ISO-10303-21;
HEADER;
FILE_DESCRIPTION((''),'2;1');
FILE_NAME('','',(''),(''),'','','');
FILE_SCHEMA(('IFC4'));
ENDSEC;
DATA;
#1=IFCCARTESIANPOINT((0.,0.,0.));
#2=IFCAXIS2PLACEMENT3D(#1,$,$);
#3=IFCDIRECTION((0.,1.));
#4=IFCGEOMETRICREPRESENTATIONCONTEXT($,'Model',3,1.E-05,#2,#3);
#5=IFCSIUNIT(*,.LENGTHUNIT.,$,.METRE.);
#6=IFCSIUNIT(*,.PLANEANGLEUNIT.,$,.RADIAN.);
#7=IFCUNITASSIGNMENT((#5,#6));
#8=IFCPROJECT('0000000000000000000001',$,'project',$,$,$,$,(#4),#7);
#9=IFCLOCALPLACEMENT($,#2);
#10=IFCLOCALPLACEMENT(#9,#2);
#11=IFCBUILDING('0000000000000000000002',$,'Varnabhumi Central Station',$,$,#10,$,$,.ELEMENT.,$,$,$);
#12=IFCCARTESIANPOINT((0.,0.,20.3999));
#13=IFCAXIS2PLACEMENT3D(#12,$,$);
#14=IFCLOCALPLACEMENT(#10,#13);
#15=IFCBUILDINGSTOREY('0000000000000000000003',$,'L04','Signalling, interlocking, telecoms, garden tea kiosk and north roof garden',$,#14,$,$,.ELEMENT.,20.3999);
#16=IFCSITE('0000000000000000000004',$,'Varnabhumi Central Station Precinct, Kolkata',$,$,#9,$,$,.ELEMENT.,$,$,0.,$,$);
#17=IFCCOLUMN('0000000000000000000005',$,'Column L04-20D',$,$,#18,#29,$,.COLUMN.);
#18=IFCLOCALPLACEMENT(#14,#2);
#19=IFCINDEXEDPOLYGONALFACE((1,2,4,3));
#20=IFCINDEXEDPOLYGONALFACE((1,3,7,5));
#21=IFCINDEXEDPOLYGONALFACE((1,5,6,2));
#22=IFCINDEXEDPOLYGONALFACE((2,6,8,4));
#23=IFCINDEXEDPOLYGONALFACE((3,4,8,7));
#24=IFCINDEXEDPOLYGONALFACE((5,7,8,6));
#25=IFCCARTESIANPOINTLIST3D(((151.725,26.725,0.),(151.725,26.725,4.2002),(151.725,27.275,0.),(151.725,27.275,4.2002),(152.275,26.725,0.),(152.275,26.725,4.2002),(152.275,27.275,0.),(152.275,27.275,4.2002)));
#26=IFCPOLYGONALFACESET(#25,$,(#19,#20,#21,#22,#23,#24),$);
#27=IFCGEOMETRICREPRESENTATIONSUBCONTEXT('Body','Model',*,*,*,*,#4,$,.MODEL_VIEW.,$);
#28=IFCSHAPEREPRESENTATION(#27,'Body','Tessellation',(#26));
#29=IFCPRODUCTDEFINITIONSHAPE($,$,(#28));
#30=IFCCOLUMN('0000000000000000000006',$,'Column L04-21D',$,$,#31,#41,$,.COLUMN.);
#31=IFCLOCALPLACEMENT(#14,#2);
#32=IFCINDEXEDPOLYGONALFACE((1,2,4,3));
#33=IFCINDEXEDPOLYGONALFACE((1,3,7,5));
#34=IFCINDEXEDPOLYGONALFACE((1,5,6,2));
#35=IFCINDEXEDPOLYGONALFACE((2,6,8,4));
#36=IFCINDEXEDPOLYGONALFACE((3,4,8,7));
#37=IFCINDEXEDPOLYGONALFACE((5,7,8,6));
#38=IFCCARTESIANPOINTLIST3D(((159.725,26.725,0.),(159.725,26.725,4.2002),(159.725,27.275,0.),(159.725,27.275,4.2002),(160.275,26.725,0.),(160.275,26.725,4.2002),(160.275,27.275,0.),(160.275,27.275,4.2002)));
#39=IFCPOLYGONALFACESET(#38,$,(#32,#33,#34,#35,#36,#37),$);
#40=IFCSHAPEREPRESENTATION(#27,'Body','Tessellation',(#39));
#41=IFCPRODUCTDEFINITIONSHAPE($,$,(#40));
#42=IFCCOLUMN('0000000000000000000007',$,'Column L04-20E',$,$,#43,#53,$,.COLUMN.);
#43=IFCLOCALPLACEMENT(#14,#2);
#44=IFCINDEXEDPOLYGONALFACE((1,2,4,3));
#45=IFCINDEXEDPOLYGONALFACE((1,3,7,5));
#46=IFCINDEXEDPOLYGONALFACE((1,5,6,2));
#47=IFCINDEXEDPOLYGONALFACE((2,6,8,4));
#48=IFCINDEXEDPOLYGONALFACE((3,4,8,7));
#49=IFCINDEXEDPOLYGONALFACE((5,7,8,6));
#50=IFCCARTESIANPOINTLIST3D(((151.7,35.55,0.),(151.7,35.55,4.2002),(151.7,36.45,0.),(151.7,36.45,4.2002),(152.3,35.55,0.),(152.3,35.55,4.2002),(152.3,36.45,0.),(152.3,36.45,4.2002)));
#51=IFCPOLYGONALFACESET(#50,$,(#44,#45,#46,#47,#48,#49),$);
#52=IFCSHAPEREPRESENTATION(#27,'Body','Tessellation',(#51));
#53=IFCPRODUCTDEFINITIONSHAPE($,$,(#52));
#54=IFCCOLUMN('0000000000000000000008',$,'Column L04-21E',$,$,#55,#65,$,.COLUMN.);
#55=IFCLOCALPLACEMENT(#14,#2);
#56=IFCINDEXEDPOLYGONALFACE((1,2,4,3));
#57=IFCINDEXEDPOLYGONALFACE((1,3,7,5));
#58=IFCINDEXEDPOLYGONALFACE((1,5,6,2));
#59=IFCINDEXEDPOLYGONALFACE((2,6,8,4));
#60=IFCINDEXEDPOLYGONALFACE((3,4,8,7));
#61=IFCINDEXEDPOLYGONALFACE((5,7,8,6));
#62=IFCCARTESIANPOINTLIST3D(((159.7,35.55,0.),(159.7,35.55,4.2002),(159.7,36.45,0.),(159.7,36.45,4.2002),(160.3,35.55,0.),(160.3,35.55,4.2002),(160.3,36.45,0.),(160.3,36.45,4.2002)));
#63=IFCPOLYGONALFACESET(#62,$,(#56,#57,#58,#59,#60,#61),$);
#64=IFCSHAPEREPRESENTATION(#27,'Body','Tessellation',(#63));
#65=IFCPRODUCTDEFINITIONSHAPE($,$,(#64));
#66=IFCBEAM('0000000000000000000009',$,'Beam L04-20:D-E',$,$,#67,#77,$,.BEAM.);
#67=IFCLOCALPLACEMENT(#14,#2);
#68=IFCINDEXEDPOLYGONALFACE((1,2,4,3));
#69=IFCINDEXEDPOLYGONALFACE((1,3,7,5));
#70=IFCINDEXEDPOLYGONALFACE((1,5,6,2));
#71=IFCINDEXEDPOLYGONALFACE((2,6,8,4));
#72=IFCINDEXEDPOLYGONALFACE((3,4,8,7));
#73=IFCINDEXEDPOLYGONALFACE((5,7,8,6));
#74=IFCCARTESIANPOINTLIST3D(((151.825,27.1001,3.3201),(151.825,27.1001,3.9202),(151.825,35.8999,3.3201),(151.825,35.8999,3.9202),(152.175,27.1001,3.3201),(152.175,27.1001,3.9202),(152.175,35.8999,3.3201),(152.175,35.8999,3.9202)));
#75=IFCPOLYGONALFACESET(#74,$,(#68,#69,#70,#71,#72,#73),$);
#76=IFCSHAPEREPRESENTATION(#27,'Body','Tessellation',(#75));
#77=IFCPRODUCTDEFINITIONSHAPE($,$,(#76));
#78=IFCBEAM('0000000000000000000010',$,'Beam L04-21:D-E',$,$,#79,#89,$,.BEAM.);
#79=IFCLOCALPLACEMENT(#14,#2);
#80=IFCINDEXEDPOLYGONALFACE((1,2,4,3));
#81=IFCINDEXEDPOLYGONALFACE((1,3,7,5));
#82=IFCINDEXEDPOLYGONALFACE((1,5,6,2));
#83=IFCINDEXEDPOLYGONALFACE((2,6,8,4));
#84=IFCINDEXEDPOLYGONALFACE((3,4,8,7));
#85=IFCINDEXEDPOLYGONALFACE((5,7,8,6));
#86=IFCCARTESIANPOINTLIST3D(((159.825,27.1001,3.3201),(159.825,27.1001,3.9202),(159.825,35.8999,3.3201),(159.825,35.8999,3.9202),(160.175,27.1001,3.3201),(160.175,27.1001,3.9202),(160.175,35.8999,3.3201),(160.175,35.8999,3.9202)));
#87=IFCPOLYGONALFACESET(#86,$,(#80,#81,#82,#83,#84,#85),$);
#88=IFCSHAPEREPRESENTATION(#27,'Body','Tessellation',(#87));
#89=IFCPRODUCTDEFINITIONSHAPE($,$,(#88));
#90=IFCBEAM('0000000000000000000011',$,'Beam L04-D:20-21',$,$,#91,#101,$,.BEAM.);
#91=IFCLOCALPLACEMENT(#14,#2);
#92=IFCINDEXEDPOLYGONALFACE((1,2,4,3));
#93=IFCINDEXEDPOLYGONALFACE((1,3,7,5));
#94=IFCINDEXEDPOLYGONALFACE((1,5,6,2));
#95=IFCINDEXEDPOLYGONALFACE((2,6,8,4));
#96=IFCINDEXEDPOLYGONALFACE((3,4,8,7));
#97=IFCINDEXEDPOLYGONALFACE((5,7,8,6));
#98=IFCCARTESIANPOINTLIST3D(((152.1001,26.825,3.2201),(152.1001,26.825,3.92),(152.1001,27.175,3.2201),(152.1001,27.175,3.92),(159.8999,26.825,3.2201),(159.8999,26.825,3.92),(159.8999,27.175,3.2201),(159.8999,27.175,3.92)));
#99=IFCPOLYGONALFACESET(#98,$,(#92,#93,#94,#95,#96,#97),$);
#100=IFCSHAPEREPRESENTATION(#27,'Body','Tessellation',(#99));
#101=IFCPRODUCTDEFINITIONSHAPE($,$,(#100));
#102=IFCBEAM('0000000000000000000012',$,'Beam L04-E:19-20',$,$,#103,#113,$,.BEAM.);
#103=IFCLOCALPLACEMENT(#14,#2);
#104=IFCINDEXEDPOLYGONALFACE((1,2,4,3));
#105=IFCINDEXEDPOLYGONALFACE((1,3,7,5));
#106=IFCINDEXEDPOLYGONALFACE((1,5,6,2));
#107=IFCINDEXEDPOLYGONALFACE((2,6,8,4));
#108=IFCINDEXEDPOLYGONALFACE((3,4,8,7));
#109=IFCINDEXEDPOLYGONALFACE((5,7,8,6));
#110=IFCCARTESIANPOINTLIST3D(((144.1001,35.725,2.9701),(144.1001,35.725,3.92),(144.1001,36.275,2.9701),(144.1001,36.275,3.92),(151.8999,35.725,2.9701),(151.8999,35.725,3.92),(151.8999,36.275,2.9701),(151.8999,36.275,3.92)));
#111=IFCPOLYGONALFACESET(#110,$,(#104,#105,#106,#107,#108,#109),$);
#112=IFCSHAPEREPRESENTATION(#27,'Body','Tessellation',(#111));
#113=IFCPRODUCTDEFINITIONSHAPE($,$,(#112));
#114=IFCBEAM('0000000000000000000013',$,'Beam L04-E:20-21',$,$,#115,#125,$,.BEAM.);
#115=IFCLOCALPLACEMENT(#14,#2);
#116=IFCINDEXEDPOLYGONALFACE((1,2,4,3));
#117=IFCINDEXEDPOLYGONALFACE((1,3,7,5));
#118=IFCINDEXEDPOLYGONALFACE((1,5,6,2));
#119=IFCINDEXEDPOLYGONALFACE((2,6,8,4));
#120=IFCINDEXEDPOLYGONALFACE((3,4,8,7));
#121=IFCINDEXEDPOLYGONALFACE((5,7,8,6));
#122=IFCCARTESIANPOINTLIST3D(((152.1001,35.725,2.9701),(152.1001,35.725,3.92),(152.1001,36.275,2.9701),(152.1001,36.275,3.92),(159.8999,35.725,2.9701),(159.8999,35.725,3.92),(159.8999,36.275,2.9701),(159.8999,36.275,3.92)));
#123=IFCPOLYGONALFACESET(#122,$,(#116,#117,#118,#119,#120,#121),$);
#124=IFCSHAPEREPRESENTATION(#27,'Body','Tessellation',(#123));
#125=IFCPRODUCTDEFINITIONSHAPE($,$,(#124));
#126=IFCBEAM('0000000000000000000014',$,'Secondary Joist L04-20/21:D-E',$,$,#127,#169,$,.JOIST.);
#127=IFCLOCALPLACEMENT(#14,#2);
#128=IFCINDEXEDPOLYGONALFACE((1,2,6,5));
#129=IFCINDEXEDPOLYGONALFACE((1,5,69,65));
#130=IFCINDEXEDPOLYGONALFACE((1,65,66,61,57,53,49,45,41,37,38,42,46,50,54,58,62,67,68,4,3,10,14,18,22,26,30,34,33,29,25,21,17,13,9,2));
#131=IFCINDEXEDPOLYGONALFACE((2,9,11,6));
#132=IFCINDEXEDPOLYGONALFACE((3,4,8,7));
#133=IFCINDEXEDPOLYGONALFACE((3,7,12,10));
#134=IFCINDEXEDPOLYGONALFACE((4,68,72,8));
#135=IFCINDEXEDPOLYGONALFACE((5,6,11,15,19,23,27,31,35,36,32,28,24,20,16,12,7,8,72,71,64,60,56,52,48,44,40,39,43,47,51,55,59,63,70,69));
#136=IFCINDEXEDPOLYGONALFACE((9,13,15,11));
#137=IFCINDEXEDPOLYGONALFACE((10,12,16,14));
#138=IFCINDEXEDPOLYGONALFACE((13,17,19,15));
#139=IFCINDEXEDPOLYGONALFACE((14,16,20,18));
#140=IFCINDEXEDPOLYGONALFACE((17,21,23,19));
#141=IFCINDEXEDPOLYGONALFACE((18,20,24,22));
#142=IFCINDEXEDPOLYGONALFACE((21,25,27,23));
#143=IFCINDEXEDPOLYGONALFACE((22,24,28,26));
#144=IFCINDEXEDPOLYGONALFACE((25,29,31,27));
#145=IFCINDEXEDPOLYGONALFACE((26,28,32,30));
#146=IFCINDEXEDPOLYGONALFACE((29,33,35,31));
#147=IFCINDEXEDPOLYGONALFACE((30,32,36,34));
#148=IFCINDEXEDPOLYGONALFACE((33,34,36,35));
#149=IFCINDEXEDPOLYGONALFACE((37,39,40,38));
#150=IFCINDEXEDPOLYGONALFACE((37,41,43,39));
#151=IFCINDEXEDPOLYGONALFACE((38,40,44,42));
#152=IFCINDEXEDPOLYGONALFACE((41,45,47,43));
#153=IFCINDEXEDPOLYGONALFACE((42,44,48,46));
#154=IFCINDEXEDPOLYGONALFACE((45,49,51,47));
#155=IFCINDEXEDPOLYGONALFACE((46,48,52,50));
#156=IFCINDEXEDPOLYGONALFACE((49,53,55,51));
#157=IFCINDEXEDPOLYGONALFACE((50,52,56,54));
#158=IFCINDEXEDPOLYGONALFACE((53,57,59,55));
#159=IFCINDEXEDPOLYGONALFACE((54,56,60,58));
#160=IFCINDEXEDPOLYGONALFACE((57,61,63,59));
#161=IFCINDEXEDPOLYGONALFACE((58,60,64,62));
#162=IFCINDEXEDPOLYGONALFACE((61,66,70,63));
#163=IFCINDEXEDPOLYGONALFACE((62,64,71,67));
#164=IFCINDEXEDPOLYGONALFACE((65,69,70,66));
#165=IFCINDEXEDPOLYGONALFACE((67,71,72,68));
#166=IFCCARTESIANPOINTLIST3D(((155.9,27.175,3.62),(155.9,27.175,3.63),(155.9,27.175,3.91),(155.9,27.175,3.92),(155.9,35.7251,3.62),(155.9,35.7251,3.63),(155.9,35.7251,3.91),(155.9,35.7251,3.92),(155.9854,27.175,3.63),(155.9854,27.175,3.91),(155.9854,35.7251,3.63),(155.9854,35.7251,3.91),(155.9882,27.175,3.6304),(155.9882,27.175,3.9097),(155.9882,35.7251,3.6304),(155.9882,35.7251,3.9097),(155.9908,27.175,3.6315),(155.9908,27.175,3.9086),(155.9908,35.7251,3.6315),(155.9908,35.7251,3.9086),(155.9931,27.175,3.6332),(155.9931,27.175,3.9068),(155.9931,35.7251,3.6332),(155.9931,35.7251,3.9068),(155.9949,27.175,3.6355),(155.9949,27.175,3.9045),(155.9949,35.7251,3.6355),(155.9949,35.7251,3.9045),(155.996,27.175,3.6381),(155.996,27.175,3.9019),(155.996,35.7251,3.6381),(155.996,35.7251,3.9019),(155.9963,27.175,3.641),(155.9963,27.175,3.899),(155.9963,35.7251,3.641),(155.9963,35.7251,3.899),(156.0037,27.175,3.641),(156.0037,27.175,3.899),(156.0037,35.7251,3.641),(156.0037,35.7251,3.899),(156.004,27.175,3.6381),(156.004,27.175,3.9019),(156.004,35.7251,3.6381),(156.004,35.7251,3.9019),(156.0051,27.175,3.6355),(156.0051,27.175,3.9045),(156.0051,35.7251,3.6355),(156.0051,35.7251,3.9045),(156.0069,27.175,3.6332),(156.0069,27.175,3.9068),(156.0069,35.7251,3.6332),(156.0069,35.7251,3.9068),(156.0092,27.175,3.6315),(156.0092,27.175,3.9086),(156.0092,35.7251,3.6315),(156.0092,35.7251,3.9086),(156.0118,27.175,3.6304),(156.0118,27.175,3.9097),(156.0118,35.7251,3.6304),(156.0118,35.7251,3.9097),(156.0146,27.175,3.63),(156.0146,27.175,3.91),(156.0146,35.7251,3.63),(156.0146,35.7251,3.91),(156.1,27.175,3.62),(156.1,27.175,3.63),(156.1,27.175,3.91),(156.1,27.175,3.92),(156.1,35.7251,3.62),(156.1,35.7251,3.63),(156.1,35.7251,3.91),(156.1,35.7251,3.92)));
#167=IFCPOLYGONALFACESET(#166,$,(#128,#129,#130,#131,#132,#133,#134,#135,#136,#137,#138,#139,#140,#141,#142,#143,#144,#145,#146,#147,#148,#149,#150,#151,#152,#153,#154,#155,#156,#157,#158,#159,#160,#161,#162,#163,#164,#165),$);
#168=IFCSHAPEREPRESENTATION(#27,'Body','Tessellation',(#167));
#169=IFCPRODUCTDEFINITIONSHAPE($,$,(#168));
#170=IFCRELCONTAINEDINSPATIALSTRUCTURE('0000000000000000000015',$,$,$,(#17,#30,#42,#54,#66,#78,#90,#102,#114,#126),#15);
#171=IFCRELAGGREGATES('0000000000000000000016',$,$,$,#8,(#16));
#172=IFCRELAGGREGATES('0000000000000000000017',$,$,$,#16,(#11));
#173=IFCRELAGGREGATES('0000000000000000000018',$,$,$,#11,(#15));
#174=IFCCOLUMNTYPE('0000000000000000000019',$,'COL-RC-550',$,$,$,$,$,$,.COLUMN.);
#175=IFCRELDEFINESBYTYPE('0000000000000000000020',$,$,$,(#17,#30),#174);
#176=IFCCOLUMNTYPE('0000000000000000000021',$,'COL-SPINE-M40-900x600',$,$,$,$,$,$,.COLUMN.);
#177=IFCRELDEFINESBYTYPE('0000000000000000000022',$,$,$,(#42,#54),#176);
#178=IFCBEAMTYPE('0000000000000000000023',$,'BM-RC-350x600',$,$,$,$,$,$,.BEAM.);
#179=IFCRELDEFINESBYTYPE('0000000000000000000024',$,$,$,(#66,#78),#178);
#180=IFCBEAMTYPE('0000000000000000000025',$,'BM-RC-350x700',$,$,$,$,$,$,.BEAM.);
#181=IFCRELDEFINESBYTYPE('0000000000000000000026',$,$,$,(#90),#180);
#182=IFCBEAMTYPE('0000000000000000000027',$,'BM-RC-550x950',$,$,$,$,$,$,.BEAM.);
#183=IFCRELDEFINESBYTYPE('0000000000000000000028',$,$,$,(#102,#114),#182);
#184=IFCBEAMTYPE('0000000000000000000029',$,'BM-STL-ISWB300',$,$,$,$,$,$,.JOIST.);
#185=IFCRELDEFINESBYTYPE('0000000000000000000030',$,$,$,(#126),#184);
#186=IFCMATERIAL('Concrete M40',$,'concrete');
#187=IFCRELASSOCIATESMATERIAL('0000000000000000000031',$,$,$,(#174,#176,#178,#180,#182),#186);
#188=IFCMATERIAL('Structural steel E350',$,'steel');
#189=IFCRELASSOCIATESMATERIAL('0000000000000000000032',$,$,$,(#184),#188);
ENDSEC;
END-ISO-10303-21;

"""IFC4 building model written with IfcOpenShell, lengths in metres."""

from ifc_helpers import new_model, si_unit, direction, frame, origin, origin_2d, place, context, subcontext, project, spatial, rectangle, i_section, extrude, material, material_profile, profile_set, type_object, element, save


model = new_model("IFC4")

# Units and contexts
model_context = context("Model", 3, precision=1e-05, world=origin(), true_north=direction((0.0, 1.0)))
body_context = subcontext(model_context, "Body", "Model", "MODEL_VIEW")
ifc_project = project(units=[si_unit("LENGTHUNIT", "METRE"), si_unit("PLANEANGLEUNIT", "RADIAN")], contexts=[model_context])

# Site, building, storey
site_placement = place(None, origin())
site = spatial("IfcSite", under=ifc_project, at=site_placement, Name="Varnabhumi Central Station Precinct, Kolkata", CompositionType="ELEMENT", RefElevation=0.0)
building_placement = place(site_placement, origin())
building = spatial("IfcBuilding", under=site, at=building_placement, Name="Varnabhumi Central Station", CompositionType="ELEMENT")
storey_placement = place(building_placement, frame((0.0, 0.0, 20.3999)))
storey = spatial("IfcBuildingStorey", under=building, at=storey_placement, Name="L04", Description="Signalling, interlocking, telecoms, garden tea kiosk and north roof garden", CompositionType="ELEMENT", Elevation=20.3999)

# Columns
ifc_material_1 = material(Name="Concrete M40", Category="concrete")
ifc_material_profile_1 = material_profile(ifc_material_1, rectangle(XDim=0.55, YDim=0.55, at=origin_2d()), Name="Concrete M40", Category="concrete")
ifc_profile_set_1 = profile_set([ifc_material_profile_1], Name="Concrete M40")
column_type_1 = type_object("IfcColumnType", Name="COL-RC-550", PredefinedType="COLUMN", material=ifc_profile_set_1)
for number, where, z_axis, x_axis, name in (
    (1, (152.0, 27.0, 0.0), (0.0, 0.0, 1.0), (1.0, 0.0, 0.0), "Column L04-20D"),
    (2, (160.0, 27.0, 0.0), (0.0, 0.0, 1.0), (1.0, 0.0, 0.0), "Column L04-21D"),
):
    element("IfcColumn", number, at=place(storey_placement, frame(where, z_axis=z_axis, x_axis=x_axis)), inside=storey, type_object=column_type_1, Name=name, PredefinedType="COLUMN", context=body_context, shape_type="SweptSolid", body=[
        extrude(rectangle(XDim=0.55, YDim=0.55, at=origin_2d()), origin(), (0.0, 0.0, 1.0), 4.2002),
    ])
ifc_material_profile_2 = material_profile(ifc_material_1, rectangle(XDim=0.6001, YDim=0.8999, at=origin_2d()), Name="Concrete M40", Category="concrete")
ifc_profile_set_2 = profile_set([ifc_material_profile_2], Name="Concrete M40")
column_type_2 = type_object("IfcColumnType", Name="COL-SPINE-M40-900x600", PredefinedType="COLUMN", material=ifc_profile_set_2)
for number, where, z_axis, x_axis, name in (
    (3, (152.0, 36.0, 0.0), (0.0, 0.0, 1.0), (1.0, 0.0, 0.0), "Column L04-20E"),
    (4, (160.0, 36.0, 0.0), (0.0, 0.0, 1.0), (1.0, 0.0, 0.0), "Column L04-21E"),
):
    element("IfcColumn", number, at=place(storey_placement, frame(where, z_axis=z_axis, x_axis=x_axis)), inside=storey, type_object=column_type_2, Name=name, PredefinedType="COLUMN", context=body_context, shape_type="SweptSolid", body=[
        extrude(rectangle(XDim=0.6001, YDim=0.8999, at=origin_2d()), origin(), (0.0, 0.0, 1.0), 4.2002),
    ])

# Beams
ifc_material_profile_3 = material_profile(ifc_material_1, rectangle(XDim=0.3501, YDim=0.6001, at=origin_2d()), Name="Concrete M40", Category="concrete")
ifc_profile_set_3 = profile_set([ifc_material_profile_3], Name="Concrete M40")
beam_type_1 = type_object("IfcBeamType", Name="BM-RC-350x600", PredefinedType="BEAM", material=ifc_profile_set_3)
for number, where, z_axis, x_axis, name in (
    (5, (152.0, 27.1001, 3.6201), (0.0, 1.0, 0.0), (-1.0, 0.0, 0.0), "Beam L04-20:D-E"),
    (6, (160.0, 27.1001, 3.6201), (0.0, 1.0, 0.0), (-1.0, 0.0, 0.0), "Beam L04-21:D-E"),
):
    element("IfcBeam", number, at=place(storey_placement, frame(where, z_axis=z_axis, x_axis=x_axis)), inside=storey, type_object=beam_type_1, Name=name, PredefinedType="BEAM", context=body_context, shape_type="SweptSolid", body=[
        extrude(rectangle(XDim=0.3501, YDim=0.6001, at=origin_2d()), origin(), (0.0, 0.0, 1.0), 8.7998),
    ])
ifc_material_profile_4 = material_profile(ifc_material_1, rectangle(XDim=0.3501, YDim=0.7, at=origin_2d()), Name="Concrete M40", Category="concrete")
ifc_profile_set_4 = profile_set([ifc_material_profile_4], Name="Concrete M40")
beam_type_2 = type_object("IfcBeamType", Name="BM-RC-350x700", PredefinedType="BEAM", material=ifc_profile_set_4)
beam_1_placement = place(storey_placement, frame((152.1001, 27.0, 3.5701), z_axis=(1.0, 0.0, 0.0), x_axis=(0.0, 1.0, 0.0)))
element("IfcBeam", 7, at=beam_1_placement, inside=storey, type_object=beam_type_2, Name="Beam L04-D:20-21", PredefinedType="BEAM", context=body_context, shape_type="SweptSolid", body=[
    extrude(rectangle(XDim=0.3501, YDim=0.7, at=origin_2d()), origin(), (0.0, 0.0, 1.0), 7.7998),
])
ifc_material_profile_5 = material_profile(ifc_material_1, rectangle(XDim=0.55, YDim=0.95, at=origin_2d()), Name="Concrete M40", Category="concrete")
ifc_profile_set_5 = profile_set([ifc_material_profile_5], Name="Concrete M40")
beam_type_3 = type_object("IfcBeamType", Name="BM-RC-550x950", PredefinedType="BEAM", material=ifc_profile_set_5)
for number, where, z_axis, x_axis, name in (
    (8, (144.1001, 36.0, 3.4451), (1.0, 0.0, 0.0), (0.0, 1.0, 0.0), "Beam L04-E:19-20"),
    (9, (152.1001, 36.0, 3.4451), (1.0, 0.0, 0.0), (0.0, 1.0, 0.0), "Beam L04-E:20-21"),
):
    element("IfcBeam", number, at=place(storey_placement, frame(where, z_axis=z_axis, x_axis=x_axis)), inside=storey, type_object=beam_type_3, Name=name, PredefinedType="BEAM", context=body_context, shape_type="SweptSolid", body=[
        extrude(rectangle(XDim=0.55, YDim=0.95, at=origin_2d()), origin(), (0.0, 0.0, 1.0), 7.7998),
    ])
ifc_material_2 = material(Name="Structural steel E350", Category="steel")
ifc_material_profile_6 = material_profile(ifc_material_2, i_section(OverallWidth=0.2, OverallDepth=0.3, WebThickness=0.0073, FlangeThickness=0.01, FilletRadius=0.011, at=origin_2d()), Name="Structural steel E350", Category="steel")
ifc_profile_set_6 = profile_set([ifc_material_profile_6], Name="Structural steel E350")
beam_type_4 = type_object("IfcBeamType", Name="BM-STL-ISWB300", PredefinedType="JOIST", material=ifc_profile_set_6)
beam_2_placement = place(storey_placement, frame((156.0, 27.175, 3.77), z_axis=(0.0, 1.0, 0.0), x_axis=(-1.0, 0.0, 0.0)))
element("IfcBeam", 10, at=beam_2_placement, inside=storey, type_object=beam_type_4, Name="Secondary Joist L04-20/21:D-E", PredefinedType="JOIST", context=body_context, shape_type="SweptSolid", body=[
    extrude(i_section(OverallWidth=0.2, OverallDepth=0.3, WebThickness=0.0073, FlangeThickness=0.01, FilletRadius=0.011, at=origin_2d()), origin(), (0.0, 0.0, 1.0), 8.55),
])

save(model, "model.ifc")
